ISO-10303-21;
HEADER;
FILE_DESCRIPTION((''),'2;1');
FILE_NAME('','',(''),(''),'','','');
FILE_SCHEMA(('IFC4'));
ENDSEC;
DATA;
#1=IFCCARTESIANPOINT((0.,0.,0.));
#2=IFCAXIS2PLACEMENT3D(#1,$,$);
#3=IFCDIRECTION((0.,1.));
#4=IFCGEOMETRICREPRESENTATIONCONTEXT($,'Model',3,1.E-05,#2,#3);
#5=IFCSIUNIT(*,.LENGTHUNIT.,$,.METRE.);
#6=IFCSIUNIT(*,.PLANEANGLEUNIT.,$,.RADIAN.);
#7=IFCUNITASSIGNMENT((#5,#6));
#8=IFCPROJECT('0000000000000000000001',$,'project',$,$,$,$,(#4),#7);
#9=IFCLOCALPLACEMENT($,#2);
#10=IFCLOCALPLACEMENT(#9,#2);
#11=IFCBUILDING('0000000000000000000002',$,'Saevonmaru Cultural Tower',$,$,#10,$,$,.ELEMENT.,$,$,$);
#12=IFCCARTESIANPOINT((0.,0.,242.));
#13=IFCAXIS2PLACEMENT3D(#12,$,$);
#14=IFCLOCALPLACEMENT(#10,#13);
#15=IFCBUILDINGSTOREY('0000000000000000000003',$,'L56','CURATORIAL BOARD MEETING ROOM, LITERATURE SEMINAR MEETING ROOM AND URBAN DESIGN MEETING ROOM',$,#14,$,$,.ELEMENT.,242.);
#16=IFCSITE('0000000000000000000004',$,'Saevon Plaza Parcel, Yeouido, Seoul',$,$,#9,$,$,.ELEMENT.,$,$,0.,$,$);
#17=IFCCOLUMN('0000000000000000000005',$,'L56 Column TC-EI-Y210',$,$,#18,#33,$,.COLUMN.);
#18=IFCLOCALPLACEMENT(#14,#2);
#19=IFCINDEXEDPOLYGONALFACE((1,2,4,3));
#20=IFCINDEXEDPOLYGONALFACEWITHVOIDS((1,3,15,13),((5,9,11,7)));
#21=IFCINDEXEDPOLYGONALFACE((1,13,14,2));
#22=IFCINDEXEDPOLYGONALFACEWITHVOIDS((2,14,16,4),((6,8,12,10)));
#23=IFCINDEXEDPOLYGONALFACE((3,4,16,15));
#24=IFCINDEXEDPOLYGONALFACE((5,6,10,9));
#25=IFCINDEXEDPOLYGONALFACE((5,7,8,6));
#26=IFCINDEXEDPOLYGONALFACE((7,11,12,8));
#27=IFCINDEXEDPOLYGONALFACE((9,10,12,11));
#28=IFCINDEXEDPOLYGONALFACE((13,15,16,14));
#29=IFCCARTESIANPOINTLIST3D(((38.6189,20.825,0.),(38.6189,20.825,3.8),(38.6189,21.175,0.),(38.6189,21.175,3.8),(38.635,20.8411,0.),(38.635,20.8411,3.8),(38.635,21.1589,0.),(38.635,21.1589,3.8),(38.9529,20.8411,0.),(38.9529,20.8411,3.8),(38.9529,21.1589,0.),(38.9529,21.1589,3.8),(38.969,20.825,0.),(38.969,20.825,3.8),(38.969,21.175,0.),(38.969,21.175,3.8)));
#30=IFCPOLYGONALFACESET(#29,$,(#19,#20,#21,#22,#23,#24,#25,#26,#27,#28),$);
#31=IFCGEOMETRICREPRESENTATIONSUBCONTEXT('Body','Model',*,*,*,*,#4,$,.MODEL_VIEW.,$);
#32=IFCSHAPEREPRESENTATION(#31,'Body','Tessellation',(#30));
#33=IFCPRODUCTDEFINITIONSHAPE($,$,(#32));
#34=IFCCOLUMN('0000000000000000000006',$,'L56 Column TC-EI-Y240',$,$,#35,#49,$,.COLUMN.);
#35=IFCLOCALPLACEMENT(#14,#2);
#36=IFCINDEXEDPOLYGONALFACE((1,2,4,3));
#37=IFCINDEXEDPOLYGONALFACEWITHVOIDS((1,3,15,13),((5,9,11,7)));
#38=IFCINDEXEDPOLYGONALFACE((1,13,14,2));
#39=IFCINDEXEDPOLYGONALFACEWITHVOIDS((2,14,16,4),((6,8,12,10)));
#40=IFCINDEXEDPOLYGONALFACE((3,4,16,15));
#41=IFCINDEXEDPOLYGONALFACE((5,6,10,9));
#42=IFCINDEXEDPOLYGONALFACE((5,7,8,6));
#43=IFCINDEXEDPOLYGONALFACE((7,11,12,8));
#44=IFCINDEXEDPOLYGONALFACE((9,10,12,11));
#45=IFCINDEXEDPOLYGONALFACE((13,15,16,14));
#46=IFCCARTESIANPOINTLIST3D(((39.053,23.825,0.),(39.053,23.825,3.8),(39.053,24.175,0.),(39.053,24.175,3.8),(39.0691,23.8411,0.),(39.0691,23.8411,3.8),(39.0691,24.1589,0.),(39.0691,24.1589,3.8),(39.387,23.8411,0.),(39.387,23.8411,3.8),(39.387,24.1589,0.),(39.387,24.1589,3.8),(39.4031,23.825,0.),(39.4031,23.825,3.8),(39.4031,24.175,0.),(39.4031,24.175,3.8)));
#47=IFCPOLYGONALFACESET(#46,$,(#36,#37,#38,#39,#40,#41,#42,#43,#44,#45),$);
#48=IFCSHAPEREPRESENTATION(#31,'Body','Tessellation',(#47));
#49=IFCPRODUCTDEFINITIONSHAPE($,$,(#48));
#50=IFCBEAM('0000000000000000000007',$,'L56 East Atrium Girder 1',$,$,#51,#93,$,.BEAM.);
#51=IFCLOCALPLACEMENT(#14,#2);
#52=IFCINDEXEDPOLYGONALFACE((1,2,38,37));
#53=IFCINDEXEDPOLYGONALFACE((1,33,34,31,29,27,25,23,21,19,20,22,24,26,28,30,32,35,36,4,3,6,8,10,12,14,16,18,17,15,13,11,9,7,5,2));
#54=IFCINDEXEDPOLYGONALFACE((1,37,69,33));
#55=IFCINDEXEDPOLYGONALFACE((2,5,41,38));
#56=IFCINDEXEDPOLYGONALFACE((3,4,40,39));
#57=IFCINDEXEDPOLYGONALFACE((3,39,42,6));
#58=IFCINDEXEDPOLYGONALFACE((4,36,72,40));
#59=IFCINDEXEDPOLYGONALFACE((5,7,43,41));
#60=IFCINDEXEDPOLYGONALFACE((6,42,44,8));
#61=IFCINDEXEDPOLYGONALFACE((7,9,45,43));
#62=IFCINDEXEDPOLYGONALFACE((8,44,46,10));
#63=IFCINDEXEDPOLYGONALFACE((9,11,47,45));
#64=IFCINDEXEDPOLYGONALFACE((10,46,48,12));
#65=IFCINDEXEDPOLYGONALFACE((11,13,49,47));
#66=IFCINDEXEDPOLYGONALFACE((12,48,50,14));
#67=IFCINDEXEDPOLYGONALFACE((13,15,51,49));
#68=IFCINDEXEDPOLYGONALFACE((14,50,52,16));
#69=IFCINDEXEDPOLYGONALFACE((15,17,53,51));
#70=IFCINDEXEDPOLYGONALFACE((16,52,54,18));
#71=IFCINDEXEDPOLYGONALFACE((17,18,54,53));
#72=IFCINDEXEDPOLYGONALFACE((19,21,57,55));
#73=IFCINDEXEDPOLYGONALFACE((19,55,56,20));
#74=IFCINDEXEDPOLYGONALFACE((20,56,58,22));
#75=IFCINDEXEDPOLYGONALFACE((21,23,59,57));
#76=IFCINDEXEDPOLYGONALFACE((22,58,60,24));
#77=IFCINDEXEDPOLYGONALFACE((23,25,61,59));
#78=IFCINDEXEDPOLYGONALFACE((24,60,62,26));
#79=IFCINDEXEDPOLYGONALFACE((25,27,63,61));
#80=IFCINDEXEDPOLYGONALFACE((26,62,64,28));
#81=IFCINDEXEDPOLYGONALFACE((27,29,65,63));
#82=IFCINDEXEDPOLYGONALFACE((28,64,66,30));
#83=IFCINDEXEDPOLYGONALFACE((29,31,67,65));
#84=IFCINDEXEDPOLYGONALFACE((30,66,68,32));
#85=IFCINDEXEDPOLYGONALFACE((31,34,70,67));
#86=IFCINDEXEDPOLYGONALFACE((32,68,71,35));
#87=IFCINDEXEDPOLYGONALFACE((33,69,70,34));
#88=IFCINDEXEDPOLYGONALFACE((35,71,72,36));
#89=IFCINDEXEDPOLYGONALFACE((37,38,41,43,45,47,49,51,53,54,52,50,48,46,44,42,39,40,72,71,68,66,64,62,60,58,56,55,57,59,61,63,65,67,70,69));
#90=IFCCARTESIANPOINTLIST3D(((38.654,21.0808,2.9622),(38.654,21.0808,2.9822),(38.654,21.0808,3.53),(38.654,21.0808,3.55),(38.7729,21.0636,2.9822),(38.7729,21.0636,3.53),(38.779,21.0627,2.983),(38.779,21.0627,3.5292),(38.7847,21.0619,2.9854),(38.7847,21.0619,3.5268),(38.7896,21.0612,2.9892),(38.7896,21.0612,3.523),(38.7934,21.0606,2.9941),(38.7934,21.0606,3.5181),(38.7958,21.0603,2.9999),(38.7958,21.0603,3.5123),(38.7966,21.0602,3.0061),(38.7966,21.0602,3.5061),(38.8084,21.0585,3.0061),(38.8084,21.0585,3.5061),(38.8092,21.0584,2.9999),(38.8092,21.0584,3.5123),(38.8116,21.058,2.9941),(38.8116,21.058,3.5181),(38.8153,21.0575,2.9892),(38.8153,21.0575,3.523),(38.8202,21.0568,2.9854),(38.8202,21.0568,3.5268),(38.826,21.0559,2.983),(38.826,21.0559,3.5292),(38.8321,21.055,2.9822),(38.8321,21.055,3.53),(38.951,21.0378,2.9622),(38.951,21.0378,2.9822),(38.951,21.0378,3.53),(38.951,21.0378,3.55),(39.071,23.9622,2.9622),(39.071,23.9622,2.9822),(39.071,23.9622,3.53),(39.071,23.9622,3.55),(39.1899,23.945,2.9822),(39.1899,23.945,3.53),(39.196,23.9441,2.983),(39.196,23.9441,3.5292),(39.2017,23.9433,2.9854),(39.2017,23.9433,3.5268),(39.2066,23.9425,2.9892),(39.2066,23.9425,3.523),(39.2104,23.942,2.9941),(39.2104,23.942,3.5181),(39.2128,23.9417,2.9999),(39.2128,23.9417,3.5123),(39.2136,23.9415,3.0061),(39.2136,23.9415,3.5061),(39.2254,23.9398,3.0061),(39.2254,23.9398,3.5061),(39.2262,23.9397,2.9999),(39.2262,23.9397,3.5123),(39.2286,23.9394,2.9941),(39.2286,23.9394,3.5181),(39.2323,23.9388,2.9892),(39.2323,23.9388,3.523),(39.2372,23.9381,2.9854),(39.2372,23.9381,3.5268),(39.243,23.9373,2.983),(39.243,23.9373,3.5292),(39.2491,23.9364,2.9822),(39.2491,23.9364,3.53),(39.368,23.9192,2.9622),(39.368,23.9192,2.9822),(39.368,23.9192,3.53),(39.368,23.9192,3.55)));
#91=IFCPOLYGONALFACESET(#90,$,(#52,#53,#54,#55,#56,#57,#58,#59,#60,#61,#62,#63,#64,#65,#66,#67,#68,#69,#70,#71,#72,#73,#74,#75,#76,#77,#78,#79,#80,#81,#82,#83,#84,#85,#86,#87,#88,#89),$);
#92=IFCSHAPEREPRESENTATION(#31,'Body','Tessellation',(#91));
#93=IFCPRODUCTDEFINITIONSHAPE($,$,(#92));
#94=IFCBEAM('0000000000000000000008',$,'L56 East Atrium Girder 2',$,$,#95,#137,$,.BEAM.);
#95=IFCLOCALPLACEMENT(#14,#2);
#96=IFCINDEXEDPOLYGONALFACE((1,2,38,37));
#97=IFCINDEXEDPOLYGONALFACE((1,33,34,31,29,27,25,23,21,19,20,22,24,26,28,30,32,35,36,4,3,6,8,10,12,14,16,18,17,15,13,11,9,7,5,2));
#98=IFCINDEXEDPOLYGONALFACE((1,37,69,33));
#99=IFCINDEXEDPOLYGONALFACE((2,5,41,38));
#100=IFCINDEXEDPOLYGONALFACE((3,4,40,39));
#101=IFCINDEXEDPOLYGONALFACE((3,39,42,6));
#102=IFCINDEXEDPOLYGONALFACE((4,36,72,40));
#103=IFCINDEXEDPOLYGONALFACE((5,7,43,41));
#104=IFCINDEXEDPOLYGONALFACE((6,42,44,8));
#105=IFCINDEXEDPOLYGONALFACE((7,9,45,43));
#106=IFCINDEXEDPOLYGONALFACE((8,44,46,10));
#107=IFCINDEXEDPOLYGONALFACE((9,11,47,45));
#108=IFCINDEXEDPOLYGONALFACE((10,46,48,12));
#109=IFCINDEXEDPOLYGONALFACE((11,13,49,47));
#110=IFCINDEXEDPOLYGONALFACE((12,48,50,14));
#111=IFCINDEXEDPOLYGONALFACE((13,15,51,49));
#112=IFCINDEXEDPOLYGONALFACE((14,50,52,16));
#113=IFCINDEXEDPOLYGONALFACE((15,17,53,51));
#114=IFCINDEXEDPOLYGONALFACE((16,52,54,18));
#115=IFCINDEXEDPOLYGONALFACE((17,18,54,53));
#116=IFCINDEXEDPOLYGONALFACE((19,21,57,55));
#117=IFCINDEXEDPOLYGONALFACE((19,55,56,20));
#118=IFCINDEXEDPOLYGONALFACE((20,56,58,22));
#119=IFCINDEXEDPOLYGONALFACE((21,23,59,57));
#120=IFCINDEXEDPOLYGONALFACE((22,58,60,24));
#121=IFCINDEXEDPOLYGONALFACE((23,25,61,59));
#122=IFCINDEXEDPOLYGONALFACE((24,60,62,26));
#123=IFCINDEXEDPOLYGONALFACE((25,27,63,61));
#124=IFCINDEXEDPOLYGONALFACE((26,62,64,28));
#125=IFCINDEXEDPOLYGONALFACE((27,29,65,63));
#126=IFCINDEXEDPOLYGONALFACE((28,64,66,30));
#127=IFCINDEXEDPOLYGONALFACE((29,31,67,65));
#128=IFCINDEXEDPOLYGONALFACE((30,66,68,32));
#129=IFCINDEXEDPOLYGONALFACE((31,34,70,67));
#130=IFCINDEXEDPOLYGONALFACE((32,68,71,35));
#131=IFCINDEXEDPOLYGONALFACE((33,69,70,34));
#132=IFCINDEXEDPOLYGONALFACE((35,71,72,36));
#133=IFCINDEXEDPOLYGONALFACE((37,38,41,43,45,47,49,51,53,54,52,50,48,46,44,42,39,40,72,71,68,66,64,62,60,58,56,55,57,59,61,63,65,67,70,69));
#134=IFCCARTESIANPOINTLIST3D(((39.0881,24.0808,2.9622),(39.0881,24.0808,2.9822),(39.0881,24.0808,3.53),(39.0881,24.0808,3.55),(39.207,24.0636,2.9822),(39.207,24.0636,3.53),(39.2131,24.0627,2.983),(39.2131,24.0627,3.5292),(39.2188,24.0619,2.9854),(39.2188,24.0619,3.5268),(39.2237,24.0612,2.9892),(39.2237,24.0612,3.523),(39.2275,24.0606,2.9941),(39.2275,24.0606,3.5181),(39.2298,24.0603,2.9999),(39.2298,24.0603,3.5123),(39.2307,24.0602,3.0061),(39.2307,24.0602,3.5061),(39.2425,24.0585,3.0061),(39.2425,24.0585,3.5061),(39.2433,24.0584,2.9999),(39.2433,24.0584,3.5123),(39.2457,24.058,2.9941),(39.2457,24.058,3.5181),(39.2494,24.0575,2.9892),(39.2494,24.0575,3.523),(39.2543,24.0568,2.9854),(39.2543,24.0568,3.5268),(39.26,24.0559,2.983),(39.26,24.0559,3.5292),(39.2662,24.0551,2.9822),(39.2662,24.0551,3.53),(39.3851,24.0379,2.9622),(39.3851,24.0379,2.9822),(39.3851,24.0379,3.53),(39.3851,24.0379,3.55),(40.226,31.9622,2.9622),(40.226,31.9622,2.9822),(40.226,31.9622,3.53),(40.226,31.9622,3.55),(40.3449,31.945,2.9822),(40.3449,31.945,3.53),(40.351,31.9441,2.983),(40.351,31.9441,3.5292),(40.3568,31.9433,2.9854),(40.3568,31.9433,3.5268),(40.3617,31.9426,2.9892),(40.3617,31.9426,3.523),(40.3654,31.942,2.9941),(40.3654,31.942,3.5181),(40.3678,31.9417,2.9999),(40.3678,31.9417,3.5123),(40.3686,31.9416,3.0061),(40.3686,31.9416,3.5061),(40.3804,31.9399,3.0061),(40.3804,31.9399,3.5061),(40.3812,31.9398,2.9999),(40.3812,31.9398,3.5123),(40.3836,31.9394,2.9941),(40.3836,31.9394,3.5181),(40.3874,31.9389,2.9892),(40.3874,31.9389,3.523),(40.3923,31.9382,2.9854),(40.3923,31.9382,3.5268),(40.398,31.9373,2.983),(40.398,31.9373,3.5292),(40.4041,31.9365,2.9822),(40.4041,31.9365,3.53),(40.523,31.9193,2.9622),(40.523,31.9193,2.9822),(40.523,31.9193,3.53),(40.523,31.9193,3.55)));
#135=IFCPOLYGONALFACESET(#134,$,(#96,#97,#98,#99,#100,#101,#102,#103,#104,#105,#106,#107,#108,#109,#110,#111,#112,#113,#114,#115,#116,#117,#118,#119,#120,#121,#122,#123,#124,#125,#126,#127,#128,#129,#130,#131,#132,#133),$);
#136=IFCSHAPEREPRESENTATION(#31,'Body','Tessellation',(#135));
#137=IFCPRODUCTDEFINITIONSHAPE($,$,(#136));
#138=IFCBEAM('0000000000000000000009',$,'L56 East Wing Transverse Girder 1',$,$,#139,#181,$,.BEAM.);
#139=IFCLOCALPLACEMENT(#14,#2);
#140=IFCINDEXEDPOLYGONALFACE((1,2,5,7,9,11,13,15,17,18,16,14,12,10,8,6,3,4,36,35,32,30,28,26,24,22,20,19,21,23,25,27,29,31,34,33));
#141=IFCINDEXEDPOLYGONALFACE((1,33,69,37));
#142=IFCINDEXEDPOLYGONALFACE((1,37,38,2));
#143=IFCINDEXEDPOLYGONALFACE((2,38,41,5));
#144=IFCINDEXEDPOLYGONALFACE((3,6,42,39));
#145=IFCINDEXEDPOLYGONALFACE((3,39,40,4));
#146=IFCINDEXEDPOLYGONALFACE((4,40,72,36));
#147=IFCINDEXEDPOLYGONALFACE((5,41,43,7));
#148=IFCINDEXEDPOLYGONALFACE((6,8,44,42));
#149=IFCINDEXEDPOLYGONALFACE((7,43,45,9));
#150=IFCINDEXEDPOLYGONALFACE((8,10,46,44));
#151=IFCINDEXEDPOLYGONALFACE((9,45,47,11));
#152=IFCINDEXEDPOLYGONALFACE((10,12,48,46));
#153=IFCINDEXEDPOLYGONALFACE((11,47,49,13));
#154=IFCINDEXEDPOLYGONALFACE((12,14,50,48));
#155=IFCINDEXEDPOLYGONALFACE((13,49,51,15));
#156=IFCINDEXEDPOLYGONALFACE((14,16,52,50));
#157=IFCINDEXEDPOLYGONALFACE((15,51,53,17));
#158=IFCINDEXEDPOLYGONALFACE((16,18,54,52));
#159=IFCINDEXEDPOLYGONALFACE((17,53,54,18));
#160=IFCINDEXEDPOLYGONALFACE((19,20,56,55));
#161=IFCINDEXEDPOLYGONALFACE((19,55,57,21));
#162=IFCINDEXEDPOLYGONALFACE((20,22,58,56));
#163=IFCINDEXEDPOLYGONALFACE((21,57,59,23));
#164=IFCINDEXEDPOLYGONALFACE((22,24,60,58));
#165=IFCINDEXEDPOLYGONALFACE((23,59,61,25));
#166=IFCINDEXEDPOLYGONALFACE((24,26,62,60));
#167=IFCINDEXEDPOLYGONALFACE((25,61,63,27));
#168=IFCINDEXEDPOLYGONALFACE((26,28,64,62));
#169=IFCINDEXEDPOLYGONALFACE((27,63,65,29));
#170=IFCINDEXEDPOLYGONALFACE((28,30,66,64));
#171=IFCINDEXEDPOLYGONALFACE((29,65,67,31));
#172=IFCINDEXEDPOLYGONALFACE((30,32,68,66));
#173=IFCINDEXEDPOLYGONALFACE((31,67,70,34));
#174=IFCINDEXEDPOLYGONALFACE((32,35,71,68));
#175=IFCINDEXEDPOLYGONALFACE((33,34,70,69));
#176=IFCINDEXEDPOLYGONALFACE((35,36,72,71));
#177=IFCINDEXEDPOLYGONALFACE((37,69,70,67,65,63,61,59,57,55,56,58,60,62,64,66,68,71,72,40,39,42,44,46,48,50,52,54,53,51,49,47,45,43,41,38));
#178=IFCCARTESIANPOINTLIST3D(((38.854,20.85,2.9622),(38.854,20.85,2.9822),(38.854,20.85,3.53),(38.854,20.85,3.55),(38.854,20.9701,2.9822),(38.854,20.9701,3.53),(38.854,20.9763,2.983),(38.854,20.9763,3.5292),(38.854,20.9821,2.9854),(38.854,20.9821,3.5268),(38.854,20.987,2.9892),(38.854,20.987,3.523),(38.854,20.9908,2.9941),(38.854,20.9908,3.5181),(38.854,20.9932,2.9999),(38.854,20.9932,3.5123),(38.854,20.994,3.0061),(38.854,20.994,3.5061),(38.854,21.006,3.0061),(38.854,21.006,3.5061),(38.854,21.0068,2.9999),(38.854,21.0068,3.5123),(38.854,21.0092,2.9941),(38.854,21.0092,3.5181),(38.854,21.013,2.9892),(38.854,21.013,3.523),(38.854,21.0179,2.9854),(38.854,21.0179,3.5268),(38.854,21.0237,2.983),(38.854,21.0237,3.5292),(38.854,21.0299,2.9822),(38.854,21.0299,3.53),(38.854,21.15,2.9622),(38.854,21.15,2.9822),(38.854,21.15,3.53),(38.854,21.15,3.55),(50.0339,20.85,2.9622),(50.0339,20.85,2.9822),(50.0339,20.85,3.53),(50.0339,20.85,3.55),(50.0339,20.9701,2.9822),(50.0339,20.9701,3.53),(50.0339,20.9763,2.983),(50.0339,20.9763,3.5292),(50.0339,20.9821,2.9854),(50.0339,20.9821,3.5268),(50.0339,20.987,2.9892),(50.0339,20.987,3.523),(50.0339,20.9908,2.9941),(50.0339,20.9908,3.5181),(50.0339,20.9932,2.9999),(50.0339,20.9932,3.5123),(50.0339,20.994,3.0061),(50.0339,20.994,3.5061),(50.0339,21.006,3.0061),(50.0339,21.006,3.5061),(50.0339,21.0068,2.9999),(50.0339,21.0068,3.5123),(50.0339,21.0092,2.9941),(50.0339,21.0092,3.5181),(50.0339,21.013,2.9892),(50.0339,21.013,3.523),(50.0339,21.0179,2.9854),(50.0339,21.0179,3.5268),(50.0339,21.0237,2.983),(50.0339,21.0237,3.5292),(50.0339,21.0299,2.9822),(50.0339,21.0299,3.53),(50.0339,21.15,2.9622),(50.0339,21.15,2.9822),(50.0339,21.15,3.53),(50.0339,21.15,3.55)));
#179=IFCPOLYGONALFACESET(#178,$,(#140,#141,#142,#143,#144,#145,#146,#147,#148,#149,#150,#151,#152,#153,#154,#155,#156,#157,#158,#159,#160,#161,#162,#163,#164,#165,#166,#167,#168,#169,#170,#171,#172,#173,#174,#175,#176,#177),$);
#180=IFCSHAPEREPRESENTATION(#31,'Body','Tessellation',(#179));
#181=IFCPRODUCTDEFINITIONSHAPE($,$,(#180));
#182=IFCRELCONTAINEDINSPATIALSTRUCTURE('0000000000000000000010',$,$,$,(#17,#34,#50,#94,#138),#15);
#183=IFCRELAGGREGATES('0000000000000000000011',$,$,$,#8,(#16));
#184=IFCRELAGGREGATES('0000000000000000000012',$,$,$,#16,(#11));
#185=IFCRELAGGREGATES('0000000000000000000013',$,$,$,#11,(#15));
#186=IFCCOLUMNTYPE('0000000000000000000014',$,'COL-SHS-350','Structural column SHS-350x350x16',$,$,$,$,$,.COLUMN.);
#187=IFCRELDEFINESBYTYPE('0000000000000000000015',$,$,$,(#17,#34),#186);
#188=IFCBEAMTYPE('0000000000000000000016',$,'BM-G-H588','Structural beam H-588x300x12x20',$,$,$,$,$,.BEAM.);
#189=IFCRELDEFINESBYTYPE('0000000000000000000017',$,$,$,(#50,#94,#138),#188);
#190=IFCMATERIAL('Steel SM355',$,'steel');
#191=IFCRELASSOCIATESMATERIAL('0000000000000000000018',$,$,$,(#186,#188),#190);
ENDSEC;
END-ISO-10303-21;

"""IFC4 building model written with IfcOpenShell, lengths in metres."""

from ifc_helpers import new_model, si_unit, direction, frame, origin, origin_2d, place, context, subcontext, project, spatial, hollow_rectangle, i_section, extrude, material, material_profile, profile_set, type_object, element, save


model = new_model("IFC4")

# Units and contexts
model_context = context("Model", 3, precision=1e-05, world=origin(), true_north=direction((0.0, 1.0)))
body_context = subcontext(model_context, "Body", "Model", "MODEL_VIEW")
ifc_project = project(units=[si_unit("LENGTHUNIT", "METRE"), si_unit("PLANEANGLEUNIT", "RADIAN")], contexts=[model_context])

# Site, building, storey
site_placement = place(None, origin())
site = spatial("IfcSite", under=ifc_project, at=site_placement, Name="Saevon Plaza Parcel, Yeouido, Seoul", CompositionType="ELEMENT", RefElevation=0.0)
building_placement = place(site_placement, origin())
building = spatial("IfcBuilding", under=site, at=building_placement, Name="Saevonmaru Cultural Tower", CompositionType="ELEMENT")
storey_placement = place(building_placement, frame((0.0, 0.0, 242.0)))
storey = spatial("IfcBuildingStorey", under=building, at=storey_placement, Name="L56", Description="CURATORIAL BOARD MEETING ROOM, LITERATURE SEMINAR MEETING ROOM AND URBAN DESIGN MEETING ROOM", CompositionType="ELEMENT", Elevation=242.0)

# Columns
ifc_material_1 = material(Name="Steel SM355", Category="steel")
ifc_material_profile_1 = material_profile(ifc_material_1, hollow_rectangle(XDim=0.3501, YDim=0.3501, WallThickness=0.0161, at=origin_2d()), Name="SHS-350x350x16")
ifc_profile_set_1 = profile_set([ifc_material_profile_1], Name="Steel SM355")
column_type = type_object("IfcColumnType", Name="COL-SHS-350", Description="Structural column SHS-350x350x16", PredefinedType="COLUMN", material=ifc_profile_set_1)
for number, where, z_axis, x_axis, name in (
    (1, (38.7939, 21.0, 0.0), (0.0, 0.0, 1.0), (1.0, 0.0, 0.0), "L56 Column TC-EI-Y210"),
    (2, (39.228, 24.0, 0.0), (0.0, 0.0, 1.0), (1.0, 0.0, 0.0), "L56 Column TC-EI-Y240"),
):
    element("IfcColumn", number, at=place(storey_placement, frame(where, z_axis=z_axis, x_axis=x_axis)), inside=storey, type_object=column_type, Name=name, PredefinedType="COLUMN", context=body_context, shape_type="SweptSolid", body=[
        extrude(hollow_rectangle(XDim=0.3501, YDim=0.3501, WallThickness=0.0161, at=origin_2d()), origin(), (0.0, 0.0, 1.0), 3.8),
    ])

# Beams
ifc_material_profile_2 = material_profile(ifc_material_1, i_section(OverallWidth=0.3, OverallDepth=0.5879, WebThickness=0.012, FlangeThickness=0.02, FilletRadius=0.0239, at=origin_2d()), Name="H-588x300x12x20")
ifc_profile_set_2 = profile_set([ifc_material_profile_2], Name="Steel SM355")
beam_type_1 = type_object("IfcBeamType", Name="BM-G-H588", Description="Structural beam H-588x300x12x20", PredefinedType="BEAM", material=ifc_profile_set_2)
beam_1_placement = place(storey_placement, frame((38.8025, 21.0593, 3.2561), z_axis=(0.143229, 0.98969, 0.0), x_axis=(-0.98969, 0.143229, 0.0)))
element("IfcBeam", 3, at=beam_1_placement, inside=storey, type_object=beam_type_1, Name="L56 East Atrium Girder 1", PredefinedType="BEAM", context=body_context, shape_type="SweptSolid", body=[
    extrude(i_section(OverallWidth=0.3, OverallDepth=0.5879, WebThickness=0.012, FlangeThickness=0.02, FilletRadius=0.0239, at=origin_2d()), origin(), (0.0, 0.0, 1.0), 2.9114),
])
beam_2_placement = place(storey_placement, frame((39.2366, 24.0593, 3.2561), z_axis=(0.142902, 0.989737, 0.0), x_axis=(-0.989737, 0.142902, 0.0)))
element("IfcBeam", 4, at=beam_2_placement, inside=storey, type_object=beam_type_1, Name="L56 East Atrium Girder 2", PredefinedType="BEAM", context=body_context, shape_type="SweptSolid", body=[
    extrude(i_section(OverallWidth=0.3, OverallDepth=0.5879, WebThickness=0.012, FlangeThickness=0.02, FilletRadius=0.0239, at=origin_2d()), origin(), (0.0, 0.0, 1.0), 7.9631),
])
beam_3_placement = place(storey_placement, frame((38.854, 21.0, 3.2561), z_axis=(1.0, 0.0, 0.0), x_axis=(0.0, 1.0, 0.0)))
element("IfcBeam", 5, at=beam_3_placement, inside=storey, type_object=beam_type_1, Name="L56 East Wing Transverse Girder 1", PredefinedType="BEAM", context=body_context, shape_type="SweptSolid", body=[
    extrude(i_section(OverallWidth=0.3, OverallDepth=0.5879, WebThickness=0.012, FlangeThickness=0.02, FilletRadius=0.0239, at=origin_2d()), origin(), (0.0, 0.0, 1.0), 11.1799),
])

save(model, "model.ifc")
